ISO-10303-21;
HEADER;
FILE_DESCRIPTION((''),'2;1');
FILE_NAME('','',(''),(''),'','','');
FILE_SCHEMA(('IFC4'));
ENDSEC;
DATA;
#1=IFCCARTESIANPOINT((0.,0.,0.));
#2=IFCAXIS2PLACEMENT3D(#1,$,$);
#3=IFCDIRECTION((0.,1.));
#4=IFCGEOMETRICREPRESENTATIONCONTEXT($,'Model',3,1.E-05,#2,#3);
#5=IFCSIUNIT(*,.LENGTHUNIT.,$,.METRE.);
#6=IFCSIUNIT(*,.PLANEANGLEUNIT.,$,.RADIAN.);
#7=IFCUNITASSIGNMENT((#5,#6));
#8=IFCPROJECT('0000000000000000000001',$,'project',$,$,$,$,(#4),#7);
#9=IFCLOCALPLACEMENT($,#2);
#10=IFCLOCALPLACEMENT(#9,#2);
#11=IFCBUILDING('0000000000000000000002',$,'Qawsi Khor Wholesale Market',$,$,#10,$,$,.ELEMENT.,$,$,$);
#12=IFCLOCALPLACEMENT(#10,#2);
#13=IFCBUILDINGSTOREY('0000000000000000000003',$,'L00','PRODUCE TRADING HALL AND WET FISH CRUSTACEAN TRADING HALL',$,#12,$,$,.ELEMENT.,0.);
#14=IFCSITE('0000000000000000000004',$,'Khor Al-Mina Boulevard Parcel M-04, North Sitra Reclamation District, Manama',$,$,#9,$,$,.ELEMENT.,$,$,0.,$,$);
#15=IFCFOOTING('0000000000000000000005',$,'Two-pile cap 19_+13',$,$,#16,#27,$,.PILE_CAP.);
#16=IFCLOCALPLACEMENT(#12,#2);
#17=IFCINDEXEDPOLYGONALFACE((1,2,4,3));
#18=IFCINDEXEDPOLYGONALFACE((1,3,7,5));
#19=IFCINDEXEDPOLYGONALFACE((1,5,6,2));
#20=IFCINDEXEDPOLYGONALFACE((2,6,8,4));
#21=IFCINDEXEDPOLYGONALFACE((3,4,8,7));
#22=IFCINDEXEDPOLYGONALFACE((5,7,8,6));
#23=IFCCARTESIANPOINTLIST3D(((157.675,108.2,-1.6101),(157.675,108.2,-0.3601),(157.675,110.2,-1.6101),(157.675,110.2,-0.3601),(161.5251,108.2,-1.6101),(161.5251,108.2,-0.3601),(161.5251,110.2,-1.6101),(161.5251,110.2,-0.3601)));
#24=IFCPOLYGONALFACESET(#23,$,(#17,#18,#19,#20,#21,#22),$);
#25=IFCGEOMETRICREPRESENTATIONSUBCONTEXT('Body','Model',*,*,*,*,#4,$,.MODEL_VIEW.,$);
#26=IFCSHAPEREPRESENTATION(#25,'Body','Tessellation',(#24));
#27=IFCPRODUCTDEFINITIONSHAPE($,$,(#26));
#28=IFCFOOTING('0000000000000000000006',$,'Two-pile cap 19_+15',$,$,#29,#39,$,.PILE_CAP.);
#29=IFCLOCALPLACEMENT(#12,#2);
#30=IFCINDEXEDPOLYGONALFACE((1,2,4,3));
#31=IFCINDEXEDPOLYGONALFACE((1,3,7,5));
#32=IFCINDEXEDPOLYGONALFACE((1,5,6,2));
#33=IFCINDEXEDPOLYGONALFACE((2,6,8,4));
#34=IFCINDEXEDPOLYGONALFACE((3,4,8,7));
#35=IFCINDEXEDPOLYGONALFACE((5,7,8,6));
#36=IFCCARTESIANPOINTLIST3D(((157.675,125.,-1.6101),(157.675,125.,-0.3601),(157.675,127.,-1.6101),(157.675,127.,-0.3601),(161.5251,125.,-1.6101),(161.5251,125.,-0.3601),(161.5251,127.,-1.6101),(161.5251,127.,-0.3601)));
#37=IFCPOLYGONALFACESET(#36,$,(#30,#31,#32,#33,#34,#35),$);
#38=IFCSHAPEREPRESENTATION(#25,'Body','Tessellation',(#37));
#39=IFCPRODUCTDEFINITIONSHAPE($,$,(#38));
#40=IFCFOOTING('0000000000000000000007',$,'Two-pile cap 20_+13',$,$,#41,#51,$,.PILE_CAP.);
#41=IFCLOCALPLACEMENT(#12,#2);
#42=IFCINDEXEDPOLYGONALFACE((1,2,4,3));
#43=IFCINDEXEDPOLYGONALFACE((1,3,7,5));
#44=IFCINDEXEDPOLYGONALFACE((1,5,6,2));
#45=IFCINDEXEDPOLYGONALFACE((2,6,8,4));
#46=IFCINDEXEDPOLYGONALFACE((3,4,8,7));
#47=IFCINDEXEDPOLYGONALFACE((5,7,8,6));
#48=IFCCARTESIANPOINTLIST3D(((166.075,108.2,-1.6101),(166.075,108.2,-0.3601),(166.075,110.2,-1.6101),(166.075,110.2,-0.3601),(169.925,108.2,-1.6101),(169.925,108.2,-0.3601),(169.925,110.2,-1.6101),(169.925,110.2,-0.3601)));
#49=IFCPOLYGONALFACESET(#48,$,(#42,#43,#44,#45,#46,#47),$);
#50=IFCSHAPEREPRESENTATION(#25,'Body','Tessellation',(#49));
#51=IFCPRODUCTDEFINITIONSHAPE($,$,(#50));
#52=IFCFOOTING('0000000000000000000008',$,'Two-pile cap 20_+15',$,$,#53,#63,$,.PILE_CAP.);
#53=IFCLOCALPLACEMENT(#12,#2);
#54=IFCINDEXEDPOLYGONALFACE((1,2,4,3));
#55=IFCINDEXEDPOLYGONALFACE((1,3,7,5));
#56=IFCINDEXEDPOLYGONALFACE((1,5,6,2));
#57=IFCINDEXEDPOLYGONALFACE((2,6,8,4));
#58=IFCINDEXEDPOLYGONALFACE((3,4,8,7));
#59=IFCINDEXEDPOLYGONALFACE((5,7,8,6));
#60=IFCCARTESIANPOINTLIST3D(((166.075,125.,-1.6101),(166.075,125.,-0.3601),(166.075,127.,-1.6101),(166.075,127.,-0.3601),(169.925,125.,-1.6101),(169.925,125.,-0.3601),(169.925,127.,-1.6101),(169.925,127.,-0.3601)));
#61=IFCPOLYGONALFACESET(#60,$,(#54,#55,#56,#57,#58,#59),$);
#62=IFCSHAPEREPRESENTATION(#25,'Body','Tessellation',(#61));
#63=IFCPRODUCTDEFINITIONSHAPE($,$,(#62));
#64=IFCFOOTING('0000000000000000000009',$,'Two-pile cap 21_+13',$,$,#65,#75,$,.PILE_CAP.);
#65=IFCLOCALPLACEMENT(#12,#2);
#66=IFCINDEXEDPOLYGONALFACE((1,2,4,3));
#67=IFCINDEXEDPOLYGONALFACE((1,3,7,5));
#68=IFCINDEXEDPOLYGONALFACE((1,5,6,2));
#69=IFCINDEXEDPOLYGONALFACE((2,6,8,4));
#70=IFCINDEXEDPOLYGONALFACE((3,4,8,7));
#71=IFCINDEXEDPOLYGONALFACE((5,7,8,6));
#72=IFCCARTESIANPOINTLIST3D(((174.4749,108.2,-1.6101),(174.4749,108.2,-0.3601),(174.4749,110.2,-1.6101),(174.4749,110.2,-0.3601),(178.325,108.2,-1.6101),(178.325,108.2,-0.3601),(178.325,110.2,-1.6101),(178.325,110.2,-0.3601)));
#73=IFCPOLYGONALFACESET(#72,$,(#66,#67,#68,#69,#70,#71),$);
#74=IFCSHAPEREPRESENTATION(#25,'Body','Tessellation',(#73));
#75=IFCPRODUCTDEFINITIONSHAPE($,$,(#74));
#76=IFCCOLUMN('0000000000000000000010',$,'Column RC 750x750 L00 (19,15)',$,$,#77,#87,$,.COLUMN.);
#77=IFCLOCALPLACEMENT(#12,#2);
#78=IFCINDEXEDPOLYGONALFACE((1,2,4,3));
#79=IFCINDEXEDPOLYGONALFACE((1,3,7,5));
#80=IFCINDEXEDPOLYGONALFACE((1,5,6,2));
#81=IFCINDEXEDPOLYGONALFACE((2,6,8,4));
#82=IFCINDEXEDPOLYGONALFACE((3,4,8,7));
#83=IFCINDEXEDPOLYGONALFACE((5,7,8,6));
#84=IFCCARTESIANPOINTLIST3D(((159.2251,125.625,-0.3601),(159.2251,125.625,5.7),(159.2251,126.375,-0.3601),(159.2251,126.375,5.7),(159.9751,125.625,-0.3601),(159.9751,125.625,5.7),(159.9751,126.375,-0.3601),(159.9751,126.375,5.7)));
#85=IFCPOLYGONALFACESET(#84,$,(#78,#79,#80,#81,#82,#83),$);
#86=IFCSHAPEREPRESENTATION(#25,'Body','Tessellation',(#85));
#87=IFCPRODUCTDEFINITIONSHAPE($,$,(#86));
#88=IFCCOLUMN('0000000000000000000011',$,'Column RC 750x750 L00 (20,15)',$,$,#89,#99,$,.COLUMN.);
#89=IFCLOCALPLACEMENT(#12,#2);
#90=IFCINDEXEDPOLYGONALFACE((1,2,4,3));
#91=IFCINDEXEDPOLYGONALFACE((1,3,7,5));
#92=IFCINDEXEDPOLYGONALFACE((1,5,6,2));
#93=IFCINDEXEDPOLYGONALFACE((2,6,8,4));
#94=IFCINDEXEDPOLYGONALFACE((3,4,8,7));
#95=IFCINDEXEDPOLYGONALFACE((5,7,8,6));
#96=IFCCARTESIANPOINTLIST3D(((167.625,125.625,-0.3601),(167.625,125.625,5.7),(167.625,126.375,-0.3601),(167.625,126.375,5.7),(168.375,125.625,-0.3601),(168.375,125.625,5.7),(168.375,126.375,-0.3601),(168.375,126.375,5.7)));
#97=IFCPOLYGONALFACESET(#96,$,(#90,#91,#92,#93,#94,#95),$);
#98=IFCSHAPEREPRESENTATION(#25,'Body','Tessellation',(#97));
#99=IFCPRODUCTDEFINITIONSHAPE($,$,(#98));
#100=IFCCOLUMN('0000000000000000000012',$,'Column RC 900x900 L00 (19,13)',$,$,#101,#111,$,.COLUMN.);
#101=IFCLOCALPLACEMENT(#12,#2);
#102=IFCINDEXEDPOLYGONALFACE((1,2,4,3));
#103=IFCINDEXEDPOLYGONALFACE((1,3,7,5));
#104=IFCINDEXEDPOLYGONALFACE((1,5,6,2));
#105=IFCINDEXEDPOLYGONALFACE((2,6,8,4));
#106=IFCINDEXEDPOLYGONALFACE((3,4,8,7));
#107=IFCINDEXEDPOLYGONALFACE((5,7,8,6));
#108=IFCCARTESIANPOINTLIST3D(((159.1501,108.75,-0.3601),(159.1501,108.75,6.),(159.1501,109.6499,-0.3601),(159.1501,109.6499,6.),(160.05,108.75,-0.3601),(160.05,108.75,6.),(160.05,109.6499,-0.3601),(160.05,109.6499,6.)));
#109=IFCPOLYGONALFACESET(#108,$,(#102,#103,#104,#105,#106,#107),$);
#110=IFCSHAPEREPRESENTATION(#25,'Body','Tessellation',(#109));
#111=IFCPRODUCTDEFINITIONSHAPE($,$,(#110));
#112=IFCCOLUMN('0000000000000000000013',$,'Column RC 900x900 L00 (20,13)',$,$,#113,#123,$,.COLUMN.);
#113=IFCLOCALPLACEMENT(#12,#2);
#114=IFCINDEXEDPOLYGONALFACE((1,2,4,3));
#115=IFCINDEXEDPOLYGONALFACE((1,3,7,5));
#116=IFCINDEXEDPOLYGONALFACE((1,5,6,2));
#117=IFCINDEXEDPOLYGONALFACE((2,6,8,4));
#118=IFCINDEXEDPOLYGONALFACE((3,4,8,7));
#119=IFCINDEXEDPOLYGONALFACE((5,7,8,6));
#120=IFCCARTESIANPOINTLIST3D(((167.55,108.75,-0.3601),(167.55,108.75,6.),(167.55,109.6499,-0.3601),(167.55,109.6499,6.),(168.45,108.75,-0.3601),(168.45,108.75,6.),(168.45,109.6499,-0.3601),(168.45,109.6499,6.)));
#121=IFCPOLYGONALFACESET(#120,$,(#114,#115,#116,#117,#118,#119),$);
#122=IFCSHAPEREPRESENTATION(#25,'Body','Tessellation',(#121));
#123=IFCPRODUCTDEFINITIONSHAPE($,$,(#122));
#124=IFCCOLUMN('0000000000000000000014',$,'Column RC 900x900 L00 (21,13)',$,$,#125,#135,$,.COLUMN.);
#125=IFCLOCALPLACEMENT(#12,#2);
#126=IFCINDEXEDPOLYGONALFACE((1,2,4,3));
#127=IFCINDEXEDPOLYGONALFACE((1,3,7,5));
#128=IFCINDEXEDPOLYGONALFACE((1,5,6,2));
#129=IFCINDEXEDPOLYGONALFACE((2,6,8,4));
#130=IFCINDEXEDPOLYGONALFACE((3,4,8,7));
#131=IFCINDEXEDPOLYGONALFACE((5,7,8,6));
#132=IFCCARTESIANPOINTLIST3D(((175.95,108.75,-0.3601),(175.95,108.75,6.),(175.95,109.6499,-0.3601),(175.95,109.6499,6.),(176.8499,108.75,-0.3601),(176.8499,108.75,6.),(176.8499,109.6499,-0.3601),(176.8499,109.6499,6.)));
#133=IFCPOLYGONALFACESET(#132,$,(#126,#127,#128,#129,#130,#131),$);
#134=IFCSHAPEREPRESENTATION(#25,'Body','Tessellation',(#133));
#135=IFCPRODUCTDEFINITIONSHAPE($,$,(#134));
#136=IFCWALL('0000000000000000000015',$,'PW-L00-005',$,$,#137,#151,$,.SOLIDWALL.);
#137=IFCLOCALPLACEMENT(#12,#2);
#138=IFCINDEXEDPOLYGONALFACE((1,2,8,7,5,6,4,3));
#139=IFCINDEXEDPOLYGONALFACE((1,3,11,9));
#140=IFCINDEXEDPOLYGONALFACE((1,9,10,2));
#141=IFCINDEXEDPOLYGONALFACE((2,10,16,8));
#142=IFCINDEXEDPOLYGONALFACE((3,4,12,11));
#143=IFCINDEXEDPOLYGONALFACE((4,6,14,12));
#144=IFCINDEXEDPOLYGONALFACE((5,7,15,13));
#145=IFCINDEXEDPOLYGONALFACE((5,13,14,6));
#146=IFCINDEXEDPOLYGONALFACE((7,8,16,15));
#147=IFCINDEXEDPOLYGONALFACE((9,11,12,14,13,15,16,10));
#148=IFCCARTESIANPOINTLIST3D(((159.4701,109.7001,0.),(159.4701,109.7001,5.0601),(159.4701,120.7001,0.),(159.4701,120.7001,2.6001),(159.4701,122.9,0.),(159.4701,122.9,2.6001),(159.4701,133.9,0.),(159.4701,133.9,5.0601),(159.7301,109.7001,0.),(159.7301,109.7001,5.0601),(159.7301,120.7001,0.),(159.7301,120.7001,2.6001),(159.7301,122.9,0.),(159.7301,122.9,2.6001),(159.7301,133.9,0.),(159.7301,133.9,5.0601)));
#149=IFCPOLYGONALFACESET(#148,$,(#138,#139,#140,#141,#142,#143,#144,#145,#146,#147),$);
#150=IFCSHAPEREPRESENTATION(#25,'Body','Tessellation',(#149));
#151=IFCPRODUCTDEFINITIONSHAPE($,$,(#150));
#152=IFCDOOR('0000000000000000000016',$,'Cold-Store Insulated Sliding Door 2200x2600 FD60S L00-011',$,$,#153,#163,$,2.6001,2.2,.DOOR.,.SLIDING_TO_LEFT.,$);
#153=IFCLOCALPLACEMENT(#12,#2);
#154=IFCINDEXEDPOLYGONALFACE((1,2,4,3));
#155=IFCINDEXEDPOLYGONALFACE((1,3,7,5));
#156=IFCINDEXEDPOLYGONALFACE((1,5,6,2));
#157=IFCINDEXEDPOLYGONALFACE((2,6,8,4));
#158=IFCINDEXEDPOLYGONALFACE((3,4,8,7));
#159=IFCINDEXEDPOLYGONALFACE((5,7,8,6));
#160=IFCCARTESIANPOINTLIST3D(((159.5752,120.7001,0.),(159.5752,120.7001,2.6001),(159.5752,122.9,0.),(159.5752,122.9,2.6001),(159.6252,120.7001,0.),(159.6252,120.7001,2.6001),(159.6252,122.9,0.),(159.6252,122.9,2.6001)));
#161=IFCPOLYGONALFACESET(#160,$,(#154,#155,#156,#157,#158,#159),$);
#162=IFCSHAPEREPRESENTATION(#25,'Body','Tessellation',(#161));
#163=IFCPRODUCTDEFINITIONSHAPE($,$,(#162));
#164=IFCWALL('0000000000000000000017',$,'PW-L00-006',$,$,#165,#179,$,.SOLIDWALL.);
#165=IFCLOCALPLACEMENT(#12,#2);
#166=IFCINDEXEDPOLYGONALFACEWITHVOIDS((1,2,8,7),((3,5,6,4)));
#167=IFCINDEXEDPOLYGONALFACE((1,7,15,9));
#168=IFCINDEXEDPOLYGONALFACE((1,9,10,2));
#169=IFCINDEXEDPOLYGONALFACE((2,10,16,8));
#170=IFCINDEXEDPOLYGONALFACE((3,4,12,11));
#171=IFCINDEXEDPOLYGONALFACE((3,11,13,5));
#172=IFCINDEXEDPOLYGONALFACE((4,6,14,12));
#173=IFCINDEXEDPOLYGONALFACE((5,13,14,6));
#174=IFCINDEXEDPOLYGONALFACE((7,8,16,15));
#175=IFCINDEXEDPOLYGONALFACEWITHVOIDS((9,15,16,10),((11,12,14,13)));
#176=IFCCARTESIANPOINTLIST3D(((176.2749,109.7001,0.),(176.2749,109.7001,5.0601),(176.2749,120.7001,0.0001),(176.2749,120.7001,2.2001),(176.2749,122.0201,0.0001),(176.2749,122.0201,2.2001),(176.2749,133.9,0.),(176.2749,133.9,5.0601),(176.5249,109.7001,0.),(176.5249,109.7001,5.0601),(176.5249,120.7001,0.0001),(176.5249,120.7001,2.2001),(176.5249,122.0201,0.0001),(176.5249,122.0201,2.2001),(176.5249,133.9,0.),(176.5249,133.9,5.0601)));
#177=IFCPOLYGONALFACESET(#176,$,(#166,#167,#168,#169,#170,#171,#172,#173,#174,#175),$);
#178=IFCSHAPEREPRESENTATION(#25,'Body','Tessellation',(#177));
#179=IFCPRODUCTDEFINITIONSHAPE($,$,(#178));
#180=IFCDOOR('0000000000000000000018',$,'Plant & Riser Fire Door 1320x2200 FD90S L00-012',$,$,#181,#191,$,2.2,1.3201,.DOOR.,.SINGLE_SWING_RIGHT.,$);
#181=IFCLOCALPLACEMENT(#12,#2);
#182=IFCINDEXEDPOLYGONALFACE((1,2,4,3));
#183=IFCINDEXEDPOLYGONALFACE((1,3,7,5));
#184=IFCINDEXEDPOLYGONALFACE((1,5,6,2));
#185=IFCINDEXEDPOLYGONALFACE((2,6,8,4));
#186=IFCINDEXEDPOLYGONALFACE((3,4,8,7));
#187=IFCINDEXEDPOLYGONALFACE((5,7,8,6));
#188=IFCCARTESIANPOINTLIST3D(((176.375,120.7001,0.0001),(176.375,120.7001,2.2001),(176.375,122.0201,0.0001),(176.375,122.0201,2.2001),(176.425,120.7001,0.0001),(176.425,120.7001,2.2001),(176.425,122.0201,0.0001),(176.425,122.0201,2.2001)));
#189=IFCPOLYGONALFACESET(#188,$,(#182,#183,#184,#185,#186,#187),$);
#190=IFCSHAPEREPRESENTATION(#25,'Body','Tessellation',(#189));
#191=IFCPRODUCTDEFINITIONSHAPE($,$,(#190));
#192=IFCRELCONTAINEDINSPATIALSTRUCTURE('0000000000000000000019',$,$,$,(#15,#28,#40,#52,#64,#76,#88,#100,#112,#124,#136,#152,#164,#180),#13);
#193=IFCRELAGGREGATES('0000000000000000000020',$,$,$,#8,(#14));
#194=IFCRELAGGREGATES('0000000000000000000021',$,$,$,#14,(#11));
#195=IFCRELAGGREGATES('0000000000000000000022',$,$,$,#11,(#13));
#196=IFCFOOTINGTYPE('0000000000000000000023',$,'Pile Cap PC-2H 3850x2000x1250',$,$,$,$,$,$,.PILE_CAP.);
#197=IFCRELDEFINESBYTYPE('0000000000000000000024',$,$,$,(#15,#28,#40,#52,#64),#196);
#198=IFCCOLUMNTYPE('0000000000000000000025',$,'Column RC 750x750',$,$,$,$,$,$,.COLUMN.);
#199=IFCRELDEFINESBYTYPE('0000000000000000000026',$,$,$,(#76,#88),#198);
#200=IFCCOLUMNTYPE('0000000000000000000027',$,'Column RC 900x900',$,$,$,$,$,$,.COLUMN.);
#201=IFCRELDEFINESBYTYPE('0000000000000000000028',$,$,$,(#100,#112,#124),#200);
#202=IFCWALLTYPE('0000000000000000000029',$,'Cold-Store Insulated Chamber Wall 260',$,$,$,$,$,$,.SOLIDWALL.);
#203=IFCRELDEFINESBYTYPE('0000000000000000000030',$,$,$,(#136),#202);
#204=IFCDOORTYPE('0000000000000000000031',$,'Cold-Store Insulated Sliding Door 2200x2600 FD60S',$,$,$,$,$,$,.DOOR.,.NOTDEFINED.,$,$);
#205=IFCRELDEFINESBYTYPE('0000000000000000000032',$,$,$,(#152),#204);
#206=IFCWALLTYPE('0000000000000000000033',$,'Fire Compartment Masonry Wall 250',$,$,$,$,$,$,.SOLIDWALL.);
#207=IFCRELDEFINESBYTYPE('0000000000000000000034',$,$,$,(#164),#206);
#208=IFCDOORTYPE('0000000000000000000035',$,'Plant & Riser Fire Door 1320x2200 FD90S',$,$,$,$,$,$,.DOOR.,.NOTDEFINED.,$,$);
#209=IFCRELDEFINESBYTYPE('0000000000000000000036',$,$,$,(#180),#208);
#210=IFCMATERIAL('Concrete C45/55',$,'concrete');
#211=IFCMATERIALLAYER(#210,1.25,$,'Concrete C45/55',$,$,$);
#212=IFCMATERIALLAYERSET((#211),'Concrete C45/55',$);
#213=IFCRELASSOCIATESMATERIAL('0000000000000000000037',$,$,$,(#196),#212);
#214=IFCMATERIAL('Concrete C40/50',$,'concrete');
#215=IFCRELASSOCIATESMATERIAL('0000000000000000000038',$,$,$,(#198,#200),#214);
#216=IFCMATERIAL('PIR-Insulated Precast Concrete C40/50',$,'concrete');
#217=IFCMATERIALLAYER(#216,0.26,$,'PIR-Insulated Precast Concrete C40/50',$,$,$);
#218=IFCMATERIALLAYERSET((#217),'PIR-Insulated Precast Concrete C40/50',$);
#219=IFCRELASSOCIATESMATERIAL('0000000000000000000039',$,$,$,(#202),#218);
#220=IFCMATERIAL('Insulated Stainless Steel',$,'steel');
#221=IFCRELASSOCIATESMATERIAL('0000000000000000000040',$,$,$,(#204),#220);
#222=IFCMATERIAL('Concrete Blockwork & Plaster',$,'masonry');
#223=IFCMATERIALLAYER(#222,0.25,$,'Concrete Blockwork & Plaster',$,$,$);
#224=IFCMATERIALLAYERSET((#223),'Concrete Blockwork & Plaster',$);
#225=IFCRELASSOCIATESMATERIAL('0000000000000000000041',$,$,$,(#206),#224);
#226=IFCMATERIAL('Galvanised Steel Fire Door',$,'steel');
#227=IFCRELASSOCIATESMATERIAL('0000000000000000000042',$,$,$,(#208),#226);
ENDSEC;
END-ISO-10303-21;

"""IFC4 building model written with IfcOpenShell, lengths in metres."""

from ifc_helpers import new_model, si_unit, direction, frame, frame_2d, origin, origin_2d, place, context, subcontext, project, spatial, rectangle, extrude, material, layer, layer_set, material_profile, profile_set, type_object, element, fill, save


model = new_model("IFC4")

# Units and contexts
model_context = context("Model", 3, precision=1e-05, world=origin(), true_north=direction((0.0, 1.0)))
body_context = subcontext(model_context, "Body", "Model", "MODEL_VIEW")
ifc_project = project(units=[si_unit("LENGTHUNIT", "METRE"), si_unit("PLANEANGLEUNIT", "RADIAN")], contexts=[model_context])

# Site, building, storey
site_placement = place(None, origin())
site = spatial("IfcSite", under=ifc_project, at=site_placement, Name="Khor Al-Mina Boulevard Parcel M-04, North Sitra Reclamation District, Manama", CompositionType="ELEMENT", RefElevation=0.0)
building_placement = place(site_placement, origin())
building = spatial("IfcBuilding", under=site, at=building_placement, Name="Qawsi Khor Wholesale Market", CompositionType="ELEMENT")
storey_placement = place(building_placement, origin())
storey = spatial("IfcBuildingStorey", under=building, at=storey_placement, Name="L00", Description="PRODUCE TRADING HALL AND WET FISH CRUSTACEAN TRADING HALL", CompositionType="ELEMENT", Elevation=0.0)

# Shared definitions
ifc_material_1 = material(Name="Concrete C45/55", Category="concrete")

# Footings
ifc_layer_1 = layer(ifc_material_1, 1.25, Name="Concrete C45/55")
ifc_layer_set_1 = layer_set([ifc_layer_1], Name="Concrete C45/55")
footing_type_1 = type_object("IfcFootingType", Name="Pile Cap PC-2H 3850x2000x1250", PredefinedType="PILE_CAP", material=ifc_layer_set_1)
for number, where, z_axis, x_axis, name in (
    (1, (159.6001, 109.2, -1.6101), (0.0, 0.0, 1.0), (1.0, 0.0, 0.0), "Two-pile cap 19_+13"),
    (2, (159.6001, 126.0, -1.6101), (0.0, 0.0, 1.0), (1.0, 0.0, 0.0), "Two-pile cap 19_+15"),
    (3, (168.0, 109.2, -1.6101), (0.0, 0.0, 1.0), (1.0, 0.0, 0.0), "Two-pile cap 20_+13"),
    (4, (168.0, 126.0, -1.6101), (0.0, 0.0, 1.0), (1.0, 0.0, 0.0), "Two-pile cap 20_+15"),
    (5, (176.3999, 109.2, -1.6101), (0.0, 0.0, 1.0), (1.0, 0.0, 0.0), "Two-pile cap 21_+13"),
):
    element("IfcFooting", number, at=place(storey_placement, frame(where, z_axis=z_axis, x_axis=x_axis)), inside=storey, type_object=footing_type_1, Name=name, PredefinedType="PILE_CAP", context=body_context, shape_type="SweptSolid", body=[
        extrude(rectangle(XDim=3.8501, YDim=2.0, at=origin_2d()), origin(), (0.0, 0.0, 1.0), 1.25),
    ])

# Columns
ifc_material_2 = material(Name="Concrete C40/50", Category="concrete")
ifc_material_profile_1 = material_profile(ifc_material_2, rectangle(XDim=0.75, YDim=0.75, at=origin_2d()), Name="RC 750x750")
ifc_profile_set_1 = profile_set([ifc_material_profile_1], Name="Concrete C40/50")
column_type_1 = type_object("IfcColumnType", Name="Column RC 750x750", PredefinedType="COLUMN", material=ifc_profile_set_1)
for number, where, z_axis, x_axis, name in (
    (6, (159.6001, 126.0, -0.3601), (0.0, 0.0, 1.0), (1.0, 0.0, 0.0), "Column RC 750x750 L00 (19,15)"),
    (7, (168.0, 126.0, -0.3601), (0.0, 0.0, 1.0), (1.0, 0.0, 0.0), "Column RC 750x750 L00 (20,15)"),
):
    element("IfcColumn", number, at=place(storey_placement, frame(where, z_axis=z_axis, x_axis=x_axis)), inside=storey, type_object=column_type_1, Name=name, PredefinedType="COLUMN", context=body_context, shape_type="SweptSolid", body=[
        extrude(rectangle(XDim=0.75, YDim=0.75, at=origin_2d()), origin(), (0.0, 0.0, 1.0), 6.0601),
    ])
ifc_material_profile_2 = material_profile(ifc_material_2, rectangle(XDim=0.8999, YDim=0.8999, at=origin_2d()), Name="RC 900x900")
ifc_profile_set_2 = profile_set([ifc_material_profile_2], Name="Concrete C40/50")
column_type_2 = type_object("IfcColumnType", Name="Column RC 900x900", PredefinedType="COLUMN", material=ifc_profile_set_2)
for number, where, z_axis, x_axis, name in (
    (8, (159.6001, 109.2, -0.3601), (0.0, 0.0, 1.0), (1.0, 0.0, 0.0), "Column RC 900x900 L00 (19,13)"),
    (9, (168.0, 109.2, -0.3601), (0.0, 0.0, 1.0), (1.0, 0.0, 0.0), "Column RC 900x900 L00 (20,13)"),
    (10, (176.3999, 109.2, -0.3601), (0.0, 0.0, 1.0), (1.0, 0.0, 0.0), "Column RC 900x900 L00 (21,13)"),
):
    element("IfcColumn", number, at=place(storey_placement, frame(where, z_axis=z_axis, x_axis=x_axis)), inside=storey, type_object=column_type_2, Name=name, PredefinedType="COLUMN", context=body_context, shape_type="SweptSolid", body=[
        extrude(rectangle(XDim=0.8999, YDim=0.8999, at=origin_2d()), origin(), (0.0, 0.0, 1.0), 6.3601),
    ])

# Walls, openings, doors
ifc_material_3 = material(Name="PIR-Insulated Precast Concrete C40/50", Category="concrete")
ifc_layer_2 = layer(ifc_material_3, 0.26, Name="PIR-Insulated Precast Concrete C40/50")
ifc_layer_set_2 = layer_set([ifc_layer_2], Name="PIR-Insulated Precast Concrete C40/50")
wall_type_1 = type_object("IfcWallType", Name="Cold-Store Insulated Chamber Wall 260", PredefinedType="SOLIDWALL", material=ifc_layer_set_2)
wall_1_placement = place(storey_placement, frame((159.6001, 109.7, 0.0), z_axis=(0.0, 0.0, 1.0), x_axis=(0.0, 1.0, 0.0)))
wall_1 = element("IfcWall", 11, at=wall_1_placement, inside=storey, type_object=wall_type_1, Name="PW-L00-005", PredefinedType="SOLIDWALL", context=body_context, shape_type="SweptSolid", body=[
    extrude(rectangle(XDim=24.2, YDim=0.26, at=frame_2d((12.1001, 0.0))), origin(), (0.0, 0.0, 1.0), 5.0601),
])
opening_1_placement = place(wall_1_placement, frame((11.0, 0.0, 0.0)))
opening_1 = element("IfcOpeningElement", 12, at=opening_1_placement, cuts=wall_1, PredefinedType="OPENING", context=body_context, shape_type="SweptSolid", body=[
    extrude(rectangle(XDim=2.2, YDim=2.6001, at=frame_2d((1.1001, 1.3))), frame((0.0, 0.1399, 0.0), z_axis=(0.0, -1.0, 0.0), x_axis=(1.0, 0.0, 0.0)), (0.0, 0.0, 1.0), 0.28),
])
ifc_material_4 = material(Name="Insulated Stainless Steel", Category="steel")
door_type_1 = type_object("IfcDoorType", Name="Cold-Store Insulated Sliding Door 2200x2600 FD60S", OperationType="NOTDEFINED", PredefinedType="DOOR", material=ifc_material_4)
door_1_placement = place(opening_1_placement, origin())
door_1 = element("IfcDoor", 13, at=door_1_placement, inside=storey, type_object=door_type_1, Name="Cold-Store Insulated Sliding Door 2200x2600 FD60S L00-011", OperationType="SLIDING_TO_LEFT", OverallHeight=2.6001, OverallWidth=2.2, PredefinedType="DOOR", context=body_context, shape_type="SweptSolid", body=[
    extrude(rectangle(XDim=2.2, YDim=2.6001, at=frame_2d((1.1001, 1.3))), frame((0.0, 0.0249, 0.0), z_axis=(0.0, -1.0, 0.0), x_axis=(1.0, 0.0, 0.0)), (0.0, 0.0, 1.0), 0.05),
])
fill(opening_1, door_1)
ifc_material_5 = material(Name="Concrete Blockwork & Plaster", Category="masonry")
ifc_layer_3 = layer(ifc_material_5, 0.25, Name="Concrete Blockwork & Plaster")
ifc_layer_set_3 = layer_set([ifc_layer_3], Name="Concrete Blockwork & Plaster")
wall_type_2 = type_object("IfcWallType", Name="Fire Compartment Masonry Wall 250", PredefinedType="SOLIDWALL", material=ifc_layer_set_3)
wall_2_placement = place(storey_placement, frame((176.3999, 109.7, 0.0), z_axis=(0.0, 0.0, 1.0), x_axis=(0.0, 1.0, 0.0)))
wall_2 = element("IfcWall", 14, at=wall_2_placement, inside=storey, type_object=wall_type_2, Name="PW-L00-006", PredefinedType="SOLIDWALL", context=body_context, shape_type="SweptSolid", body=[
    extrude(rectangle(XDim=24.2, YDim=0.25, at=frame_2d((12.1001, 0.0))), origin(), (0.0, 0.0, 1.0), 5.0601),
])
opening_2_placement = place(wall_2_placement, frame((11.0, 0.0, 0.0)))
opening_2 = element("IfcOpeningElement", 15, at=opening_2_placement, cuts=wall_2, PredefinedType="OPENING", context=body_context, shape_type="SweptSolid", body=[
    extrude(rectangle(XDim=1.3201, YDim=2.2, at=frame_2d((0.6602, 1.1001))), frame((0.0, 0.135, 0.0), z_axis=(0.0, -1.0, 0.0), x_axis=(1.0, 0.0, 0.0)), (0.0, 0.0, 1.0), 0.27),
])
ifc_material_6 = material(Name="Galvanised Steel Fire Door", Category="steel")
door_type_2 = type_object("IfcDoorType", Name="Plant & Riser Fire Door 1320x2200 FD90S", OperationType="NOTDEFINED", PredefinedType="DOOR", material=ifc_material_6)
door_2_placement = place(opening_2_placement, origin())
door_2 = element("IfcDoor", 16, at=door_2_placement, inside=storey, type_object=door_type_2, Name="Plant & Riser Fire Door 1320x2200 FD90S L00-012", OperationType="SINGLE_SWING_RIGHT", OverallHeight=2.2, OverallWidth=1.3201, PredefinedType="DOOR", context=body_context, shape_type="SweptSolid", body=[
    extrude(rectangle(XDim=1.3201, YDim=2.2, at=frame_2d((0.6602, 1.1001))), frame((0.0, 0.0249, 0.0), z_axis=(0.0, -1.0, 0.0), x_axis=(1.0, 0.0, 0.0)), (0.0, 0.0, 1.0), 0.05),
])
fill(opening_2, door_2)

save(model, "model.ifc")
